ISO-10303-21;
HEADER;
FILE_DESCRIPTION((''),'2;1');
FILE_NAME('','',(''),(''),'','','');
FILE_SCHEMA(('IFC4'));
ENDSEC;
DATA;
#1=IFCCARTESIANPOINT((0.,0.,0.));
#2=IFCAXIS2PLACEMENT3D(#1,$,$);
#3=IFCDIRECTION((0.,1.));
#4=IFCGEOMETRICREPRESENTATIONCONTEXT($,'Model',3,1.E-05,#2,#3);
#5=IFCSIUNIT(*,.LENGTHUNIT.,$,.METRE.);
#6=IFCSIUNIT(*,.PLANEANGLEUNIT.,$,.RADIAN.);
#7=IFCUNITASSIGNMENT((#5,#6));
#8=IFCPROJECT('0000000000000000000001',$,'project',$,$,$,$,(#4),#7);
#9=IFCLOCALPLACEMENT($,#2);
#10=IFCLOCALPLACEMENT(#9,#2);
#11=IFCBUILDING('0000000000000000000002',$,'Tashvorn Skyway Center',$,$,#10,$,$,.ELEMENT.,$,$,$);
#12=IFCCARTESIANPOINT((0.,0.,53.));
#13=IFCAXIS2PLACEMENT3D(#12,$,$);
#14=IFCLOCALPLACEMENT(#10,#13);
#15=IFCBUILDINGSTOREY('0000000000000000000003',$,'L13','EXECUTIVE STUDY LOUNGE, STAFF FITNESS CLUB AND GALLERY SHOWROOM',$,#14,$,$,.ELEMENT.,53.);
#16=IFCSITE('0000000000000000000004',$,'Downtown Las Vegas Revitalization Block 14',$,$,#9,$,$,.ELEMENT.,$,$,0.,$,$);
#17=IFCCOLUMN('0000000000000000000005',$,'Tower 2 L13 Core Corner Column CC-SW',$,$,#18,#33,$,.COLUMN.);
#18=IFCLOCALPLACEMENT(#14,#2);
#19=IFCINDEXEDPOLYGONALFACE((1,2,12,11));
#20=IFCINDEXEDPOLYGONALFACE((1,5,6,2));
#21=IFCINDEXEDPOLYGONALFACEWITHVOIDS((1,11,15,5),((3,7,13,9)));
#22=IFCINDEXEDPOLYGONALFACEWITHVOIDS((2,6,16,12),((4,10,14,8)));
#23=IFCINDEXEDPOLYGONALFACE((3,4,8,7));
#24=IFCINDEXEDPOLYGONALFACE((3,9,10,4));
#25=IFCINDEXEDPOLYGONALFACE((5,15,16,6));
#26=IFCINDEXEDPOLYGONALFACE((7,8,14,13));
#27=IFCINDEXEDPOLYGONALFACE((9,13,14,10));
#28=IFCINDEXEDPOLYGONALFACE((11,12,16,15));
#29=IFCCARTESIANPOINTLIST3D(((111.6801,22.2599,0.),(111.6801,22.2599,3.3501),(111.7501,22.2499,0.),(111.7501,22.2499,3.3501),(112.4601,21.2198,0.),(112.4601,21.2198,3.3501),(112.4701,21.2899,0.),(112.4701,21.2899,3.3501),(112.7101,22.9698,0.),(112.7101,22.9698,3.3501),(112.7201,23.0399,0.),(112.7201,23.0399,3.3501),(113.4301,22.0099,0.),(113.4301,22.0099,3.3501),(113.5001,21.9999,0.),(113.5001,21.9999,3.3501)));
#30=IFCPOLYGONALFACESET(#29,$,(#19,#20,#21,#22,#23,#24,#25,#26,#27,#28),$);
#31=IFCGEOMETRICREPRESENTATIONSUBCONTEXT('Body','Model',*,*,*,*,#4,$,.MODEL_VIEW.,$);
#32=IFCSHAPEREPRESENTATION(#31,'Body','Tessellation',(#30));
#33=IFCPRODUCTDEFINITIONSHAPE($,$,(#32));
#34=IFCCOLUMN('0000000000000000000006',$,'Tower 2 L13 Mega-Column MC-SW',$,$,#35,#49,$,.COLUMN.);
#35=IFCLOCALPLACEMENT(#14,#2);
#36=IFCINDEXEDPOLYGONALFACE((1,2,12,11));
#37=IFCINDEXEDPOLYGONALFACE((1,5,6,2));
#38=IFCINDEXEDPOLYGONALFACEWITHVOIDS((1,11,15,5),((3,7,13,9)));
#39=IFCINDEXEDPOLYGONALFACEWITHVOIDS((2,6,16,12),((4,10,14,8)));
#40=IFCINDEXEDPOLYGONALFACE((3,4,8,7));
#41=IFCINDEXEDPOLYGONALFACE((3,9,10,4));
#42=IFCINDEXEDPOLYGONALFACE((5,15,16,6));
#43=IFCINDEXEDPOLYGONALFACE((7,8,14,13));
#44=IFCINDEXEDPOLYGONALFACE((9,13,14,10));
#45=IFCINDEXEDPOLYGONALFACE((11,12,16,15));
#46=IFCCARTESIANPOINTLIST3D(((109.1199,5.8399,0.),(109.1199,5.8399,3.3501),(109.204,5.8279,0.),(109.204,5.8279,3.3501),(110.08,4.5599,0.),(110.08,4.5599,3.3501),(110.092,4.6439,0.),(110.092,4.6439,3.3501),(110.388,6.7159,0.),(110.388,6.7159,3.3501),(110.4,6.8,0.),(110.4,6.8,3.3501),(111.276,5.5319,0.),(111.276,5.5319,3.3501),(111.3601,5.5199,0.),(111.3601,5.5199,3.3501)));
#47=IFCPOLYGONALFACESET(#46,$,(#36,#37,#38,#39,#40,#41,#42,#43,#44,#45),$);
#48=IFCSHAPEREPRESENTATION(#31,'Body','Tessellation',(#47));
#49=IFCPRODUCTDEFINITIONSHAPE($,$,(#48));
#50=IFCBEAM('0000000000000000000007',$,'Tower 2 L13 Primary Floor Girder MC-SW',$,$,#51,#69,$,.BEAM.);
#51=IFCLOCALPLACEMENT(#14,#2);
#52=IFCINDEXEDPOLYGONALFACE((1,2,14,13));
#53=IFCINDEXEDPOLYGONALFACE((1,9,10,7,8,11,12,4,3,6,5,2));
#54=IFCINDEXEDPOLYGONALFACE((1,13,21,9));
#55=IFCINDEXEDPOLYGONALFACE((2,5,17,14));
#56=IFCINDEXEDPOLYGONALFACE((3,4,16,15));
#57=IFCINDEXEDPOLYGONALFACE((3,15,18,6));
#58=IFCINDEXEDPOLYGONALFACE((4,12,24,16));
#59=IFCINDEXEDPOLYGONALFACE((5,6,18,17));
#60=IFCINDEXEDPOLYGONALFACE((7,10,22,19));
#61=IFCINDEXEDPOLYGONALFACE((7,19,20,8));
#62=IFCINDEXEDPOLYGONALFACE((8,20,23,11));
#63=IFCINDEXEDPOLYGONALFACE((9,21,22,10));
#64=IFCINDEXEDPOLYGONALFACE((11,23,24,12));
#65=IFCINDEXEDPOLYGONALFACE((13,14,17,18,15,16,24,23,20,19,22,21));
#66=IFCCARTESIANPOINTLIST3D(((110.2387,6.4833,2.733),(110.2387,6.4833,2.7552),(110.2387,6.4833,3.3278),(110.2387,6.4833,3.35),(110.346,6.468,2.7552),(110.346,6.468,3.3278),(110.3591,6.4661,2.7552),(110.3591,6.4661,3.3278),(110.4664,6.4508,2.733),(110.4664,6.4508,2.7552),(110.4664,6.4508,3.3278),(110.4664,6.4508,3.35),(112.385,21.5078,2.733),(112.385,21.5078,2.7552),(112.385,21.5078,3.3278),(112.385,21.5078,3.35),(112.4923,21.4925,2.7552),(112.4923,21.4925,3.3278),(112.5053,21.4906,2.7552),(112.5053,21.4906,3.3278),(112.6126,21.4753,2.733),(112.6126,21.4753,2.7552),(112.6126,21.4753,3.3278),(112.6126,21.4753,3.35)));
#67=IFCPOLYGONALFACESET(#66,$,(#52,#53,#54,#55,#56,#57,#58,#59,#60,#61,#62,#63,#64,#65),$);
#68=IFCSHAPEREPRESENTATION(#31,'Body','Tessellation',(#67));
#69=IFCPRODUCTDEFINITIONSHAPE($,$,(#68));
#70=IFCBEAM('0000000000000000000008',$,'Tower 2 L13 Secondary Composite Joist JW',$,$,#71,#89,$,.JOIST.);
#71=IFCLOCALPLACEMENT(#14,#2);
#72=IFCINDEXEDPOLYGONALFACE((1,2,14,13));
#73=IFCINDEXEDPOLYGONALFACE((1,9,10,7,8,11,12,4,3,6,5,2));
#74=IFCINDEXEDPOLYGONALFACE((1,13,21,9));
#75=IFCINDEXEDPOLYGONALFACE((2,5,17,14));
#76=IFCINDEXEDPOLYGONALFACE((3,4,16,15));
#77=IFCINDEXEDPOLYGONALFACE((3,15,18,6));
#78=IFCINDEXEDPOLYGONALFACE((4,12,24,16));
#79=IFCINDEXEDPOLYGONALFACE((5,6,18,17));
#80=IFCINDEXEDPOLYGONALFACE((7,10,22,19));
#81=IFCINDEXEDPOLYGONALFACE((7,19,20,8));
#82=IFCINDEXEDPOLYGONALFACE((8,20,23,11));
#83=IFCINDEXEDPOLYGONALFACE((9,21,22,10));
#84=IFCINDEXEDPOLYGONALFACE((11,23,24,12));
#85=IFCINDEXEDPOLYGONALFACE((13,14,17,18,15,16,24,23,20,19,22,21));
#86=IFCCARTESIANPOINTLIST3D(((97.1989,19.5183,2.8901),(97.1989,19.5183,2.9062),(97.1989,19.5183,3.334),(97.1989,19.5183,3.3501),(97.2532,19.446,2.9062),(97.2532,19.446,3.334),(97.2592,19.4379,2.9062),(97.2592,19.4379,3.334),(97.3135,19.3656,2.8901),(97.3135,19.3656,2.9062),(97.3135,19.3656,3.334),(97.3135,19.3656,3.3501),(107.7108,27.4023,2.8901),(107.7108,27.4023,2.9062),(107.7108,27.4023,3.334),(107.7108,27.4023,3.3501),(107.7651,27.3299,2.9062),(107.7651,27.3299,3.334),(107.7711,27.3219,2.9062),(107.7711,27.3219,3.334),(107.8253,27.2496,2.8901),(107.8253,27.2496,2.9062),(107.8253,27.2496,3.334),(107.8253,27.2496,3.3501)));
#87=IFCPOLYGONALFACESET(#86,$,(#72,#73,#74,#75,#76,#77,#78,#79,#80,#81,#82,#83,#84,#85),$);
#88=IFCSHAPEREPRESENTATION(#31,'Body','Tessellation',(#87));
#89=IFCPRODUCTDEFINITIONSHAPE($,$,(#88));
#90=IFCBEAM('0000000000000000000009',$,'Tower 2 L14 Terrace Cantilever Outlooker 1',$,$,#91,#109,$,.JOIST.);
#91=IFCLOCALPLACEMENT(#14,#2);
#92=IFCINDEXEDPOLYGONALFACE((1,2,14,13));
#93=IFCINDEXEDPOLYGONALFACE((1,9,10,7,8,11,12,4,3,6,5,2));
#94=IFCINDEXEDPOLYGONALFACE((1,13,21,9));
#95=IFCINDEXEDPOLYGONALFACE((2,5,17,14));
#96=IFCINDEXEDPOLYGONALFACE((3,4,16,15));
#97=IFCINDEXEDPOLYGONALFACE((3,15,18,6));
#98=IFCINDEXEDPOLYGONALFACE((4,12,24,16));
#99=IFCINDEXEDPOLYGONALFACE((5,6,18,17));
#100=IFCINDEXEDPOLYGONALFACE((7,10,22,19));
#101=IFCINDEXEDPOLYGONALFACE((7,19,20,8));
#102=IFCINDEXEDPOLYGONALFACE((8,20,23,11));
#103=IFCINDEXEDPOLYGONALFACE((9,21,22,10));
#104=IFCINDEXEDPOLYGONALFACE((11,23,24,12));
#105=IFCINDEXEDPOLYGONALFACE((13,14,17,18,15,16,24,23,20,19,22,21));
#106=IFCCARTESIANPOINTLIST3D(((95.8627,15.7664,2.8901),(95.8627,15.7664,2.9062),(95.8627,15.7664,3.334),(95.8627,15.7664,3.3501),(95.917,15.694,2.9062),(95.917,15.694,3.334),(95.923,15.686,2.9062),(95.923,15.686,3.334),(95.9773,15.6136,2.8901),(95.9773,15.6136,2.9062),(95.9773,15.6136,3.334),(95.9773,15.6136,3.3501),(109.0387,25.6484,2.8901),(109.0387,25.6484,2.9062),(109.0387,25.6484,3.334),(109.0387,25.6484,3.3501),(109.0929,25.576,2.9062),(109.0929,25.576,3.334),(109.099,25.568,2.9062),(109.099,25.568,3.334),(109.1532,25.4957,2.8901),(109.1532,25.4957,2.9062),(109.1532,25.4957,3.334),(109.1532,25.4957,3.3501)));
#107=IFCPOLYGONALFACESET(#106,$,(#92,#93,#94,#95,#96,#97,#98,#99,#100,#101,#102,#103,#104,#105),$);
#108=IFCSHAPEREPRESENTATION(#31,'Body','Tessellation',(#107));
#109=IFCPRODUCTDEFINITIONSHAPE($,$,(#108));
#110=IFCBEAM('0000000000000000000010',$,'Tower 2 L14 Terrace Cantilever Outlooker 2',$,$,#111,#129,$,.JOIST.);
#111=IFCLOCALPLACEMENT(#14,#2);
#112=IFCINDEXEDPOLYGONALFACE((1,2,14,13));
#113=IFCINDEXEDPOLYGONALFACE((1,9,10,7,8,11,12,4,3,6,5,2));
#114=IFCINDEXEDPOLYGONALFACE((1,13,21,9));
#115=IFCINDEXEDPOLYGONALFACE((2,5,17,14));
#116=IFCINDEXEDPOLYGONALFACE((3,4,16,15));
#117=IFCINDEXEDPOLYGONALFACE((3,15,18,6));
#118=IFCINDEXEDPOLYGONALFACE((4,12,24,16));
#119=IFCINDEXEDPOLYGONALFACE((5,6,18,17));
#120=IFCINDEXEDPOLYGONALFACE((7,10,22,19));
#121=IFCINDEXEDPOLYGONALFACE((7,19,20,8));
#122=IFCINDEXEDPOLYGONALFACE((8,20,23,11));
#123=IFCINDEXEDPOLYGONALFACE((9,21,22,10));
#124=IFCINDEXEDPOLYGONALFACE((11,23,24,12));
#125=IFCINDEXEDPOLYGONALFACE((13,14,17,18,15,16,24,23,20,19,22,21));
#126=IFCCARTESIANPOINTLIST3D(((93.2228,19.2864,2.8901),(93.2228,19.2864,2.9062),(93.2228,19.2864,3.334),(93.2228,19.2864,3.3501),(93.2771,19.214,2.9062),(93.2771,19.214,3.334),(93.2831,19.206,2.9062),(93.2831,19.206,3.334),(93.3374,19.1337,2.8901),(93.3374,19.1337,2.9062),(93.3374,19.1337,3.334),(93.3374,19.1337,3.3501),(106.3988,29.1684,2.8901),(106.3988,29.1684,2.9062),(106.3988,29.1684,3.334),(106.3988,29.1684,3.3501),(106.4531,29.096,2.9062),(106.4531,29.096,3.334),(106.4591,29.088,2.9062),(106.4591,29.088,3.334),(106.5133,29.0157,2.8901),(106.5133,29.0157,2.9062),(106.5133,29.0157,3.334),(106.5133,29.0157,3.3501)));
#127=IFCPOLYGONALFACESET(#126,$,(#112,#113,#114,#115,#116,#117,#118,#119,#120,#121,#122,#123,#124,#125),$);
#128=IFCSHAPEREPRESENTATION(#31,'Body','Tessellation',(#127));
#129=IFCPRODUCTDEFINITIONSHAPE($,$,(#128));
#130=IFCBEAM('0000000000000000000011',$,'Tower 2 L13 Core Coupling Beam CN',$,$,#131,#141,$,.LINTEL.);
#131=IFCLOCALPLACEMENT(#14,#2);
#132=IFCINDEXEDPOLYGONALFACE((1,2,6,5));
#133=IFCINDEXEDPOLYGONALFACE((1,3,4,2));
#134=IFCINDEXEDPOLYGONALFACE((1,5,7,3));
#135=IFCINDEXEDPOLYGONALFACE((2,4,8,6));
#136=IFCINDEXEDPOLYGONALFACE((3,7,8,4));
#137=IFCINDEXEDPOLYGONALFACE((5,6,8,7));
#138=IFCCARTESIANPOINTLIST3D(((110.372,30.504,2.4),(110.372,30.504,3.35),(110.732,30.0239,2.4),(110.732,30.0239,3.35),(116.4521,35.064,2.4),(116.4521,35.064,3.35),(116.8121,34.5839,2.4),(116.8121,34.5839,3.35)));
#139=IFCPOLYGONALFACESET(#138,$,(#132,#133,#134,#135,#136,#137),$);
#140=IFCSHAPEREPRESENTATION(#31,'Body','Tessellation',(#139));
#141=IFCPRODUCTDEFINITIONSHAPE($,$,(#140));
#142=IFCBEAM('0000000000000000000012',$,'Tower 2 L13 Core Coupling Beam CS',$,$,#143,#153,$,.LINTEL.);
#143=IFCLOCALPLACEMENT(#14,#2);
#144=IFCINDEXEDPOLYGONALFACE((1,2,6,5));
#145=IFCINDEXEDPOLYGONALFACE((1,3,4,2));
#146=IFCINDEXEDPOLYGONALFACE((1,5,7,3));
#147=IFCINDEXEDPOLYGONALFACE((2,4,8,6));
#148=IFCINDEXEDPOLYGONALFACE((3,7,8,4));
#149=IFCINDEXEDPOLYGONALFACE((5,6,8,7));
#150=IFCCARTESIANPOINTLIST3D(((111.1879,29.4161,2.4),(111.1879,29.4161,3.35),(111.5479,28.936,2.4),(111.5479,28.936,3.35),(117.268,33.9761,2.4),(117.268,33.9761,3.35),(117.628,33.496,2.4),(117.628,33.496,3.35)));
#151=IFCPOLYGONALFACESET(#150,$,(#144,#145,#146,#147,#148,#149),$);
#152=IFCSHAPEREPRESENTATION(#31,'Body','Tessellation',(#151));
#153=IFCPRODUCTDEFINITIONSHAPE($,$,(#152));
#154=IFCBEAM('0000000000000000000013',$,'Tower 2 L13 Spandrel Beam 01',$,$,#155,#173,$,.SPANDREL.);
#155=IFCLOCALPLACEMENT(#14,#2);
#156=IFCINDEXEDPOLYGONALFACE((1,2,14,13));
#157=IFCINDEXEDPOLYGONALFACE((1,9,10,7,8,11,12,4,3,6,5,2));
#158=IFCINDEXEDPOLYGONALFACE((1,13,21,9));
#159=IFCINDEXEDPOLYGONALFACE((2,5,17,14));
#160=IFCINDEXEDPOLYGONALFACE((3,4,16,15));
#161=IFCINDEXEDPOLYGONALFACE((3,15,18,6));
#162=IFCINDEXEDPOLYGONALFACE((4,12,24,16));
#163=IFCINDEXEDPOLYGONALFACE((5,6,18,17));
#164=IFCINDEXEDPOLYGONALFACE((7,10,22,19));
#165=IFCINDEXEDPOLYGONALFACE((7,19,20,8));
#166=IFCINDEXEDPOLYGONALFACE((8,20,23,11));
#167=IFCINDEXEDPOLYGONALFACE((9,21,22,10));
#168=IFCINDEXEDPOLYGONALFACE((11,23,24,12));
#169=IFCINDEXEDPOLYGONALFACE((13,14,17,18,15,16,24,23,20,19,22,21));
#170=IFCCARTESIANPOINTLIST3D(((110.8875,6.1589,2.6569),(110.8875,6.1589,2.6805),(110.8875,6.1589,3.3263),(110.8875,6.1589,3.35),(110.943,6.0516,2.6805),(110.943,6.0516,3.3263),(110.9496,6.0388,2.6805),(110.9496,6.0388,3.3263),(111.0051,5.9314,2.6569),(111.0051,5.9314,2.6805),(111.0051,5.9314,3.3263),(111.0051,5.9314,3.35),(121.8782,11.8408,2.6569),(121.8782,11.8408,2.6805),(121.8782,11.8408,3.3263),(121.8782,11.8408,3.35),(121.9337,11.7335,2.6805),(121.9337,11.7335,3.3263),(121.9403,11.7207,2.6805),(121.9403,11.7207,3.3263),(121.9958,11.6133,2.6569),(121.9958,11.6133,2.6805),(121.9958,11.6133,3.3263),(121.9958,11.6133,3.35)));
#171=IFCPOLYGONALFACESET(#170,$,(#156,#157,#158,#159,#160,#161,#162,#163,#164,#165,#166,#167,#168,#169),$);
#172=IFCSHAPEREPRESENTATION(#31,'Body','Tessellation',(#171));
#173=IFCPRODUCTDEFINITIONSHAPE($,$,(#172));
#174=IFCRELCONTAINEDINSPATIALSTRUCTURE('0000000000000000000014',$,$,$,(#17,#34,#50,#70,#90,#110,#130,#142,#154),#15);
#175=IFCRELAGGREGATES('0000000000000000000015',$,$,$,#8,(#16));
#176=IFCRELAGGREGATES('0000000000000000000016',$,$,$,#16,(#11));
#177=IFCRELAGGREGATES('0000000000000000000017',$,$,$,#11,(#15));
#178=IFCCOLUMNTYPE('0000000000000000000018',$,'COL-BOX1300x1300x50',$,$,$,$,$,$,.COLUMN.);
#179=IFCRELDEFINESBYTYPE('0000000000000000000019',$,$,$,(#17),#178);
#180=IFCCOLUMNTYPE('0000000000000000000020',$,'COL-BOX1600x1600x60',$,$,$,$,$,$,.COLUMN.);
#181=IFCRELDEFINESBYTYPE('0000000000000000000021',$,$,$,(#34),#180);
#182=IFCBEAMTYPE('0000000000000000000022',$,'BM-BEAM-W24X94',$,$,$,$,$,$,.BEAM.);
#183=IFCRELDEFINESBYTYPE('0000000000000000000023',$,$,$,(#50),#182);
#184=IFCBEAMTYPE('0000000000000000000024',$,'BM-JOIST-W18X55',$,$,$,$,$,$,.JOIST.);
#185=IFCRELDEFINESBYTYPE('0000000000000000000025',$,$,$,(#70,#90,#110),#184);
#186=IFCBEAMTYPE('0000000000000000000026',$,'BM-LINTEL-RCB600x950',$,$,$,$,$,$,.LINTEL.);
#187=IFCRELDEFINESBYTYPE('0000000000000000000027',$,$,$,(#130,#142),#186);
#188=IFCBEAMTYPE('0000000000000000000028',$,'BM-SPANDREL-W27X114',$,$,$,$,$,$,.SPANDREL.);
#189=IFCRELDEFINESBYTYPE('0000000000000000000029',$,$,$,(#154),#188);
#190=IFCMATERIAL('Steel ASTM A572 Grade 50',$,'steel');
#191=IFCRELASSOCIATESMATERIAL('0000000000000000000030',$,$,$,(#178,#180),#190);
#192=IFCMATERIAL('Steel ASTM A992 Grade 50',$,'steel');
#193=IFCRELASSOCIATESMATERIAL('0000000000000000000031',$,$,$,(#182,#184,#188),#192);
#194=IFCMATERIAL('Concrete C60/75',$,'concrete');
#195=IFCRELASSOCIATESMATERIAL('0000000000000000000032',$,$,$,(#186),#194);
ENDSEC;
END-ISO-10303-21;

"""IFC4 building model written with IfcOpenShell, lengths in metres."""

from ifc_helpers import new_model, si_unit, direction, frame, origin, origin_2d, place, context, subcontext, project, spatial, rectangle, hollow_rectangle, i_section, extrude, material, material_profile, profile_set, type_object, element, save


model = new_model("IFC4")

# Units and contexts
model_context = context("Model", 3, precision=1e-05, world=origin(), true_north=direction((0.0, 1.0)))
body_context = subcontext(model_context, "Body", "Model", "MODEL_VIEW")
ifc_project = project(units=[si_unit("LENGTHUNIT", "METRE"), si_unit("PLANEANGLEUNIT", "RADIAN")], contexts=[model_context])

# Site, building, storey
site_placement = place(None, origin())
site = spatial("IfcSite", under=ifc_project, at=site_placement, Name="Downtown Las Vegas Revitalization Block 14", CompositionType="ELEMENT", RefElevation=0.0)
building_placement = place(site_placement, origin())
building = spatial("IfcBuilding", under=site, at=building_placement, Name="Tashvorn Skyway Center", CompositionType="ELEMENT")
storey_placement = place(building_placement, frame((0.0, 0.0, 53.0)))
storey = spatial("IfcBuildingStorey", under=building, at=storey_placement, Name="L13", Description="EXECUTIVE STUDY LOUNGE, STAFF FITNESS CLUB AND GALLERY SHOWROOM", CompositionType="ELEMENT", Elevation=53.0)

# Columns
ifc_material_1 = material(Name="Steel ASTM A572 Grade 50", Category="steel")
ifc_material_profile_1 = material_profile(ifc_material_1, hollow_rectangle(XDim=1.3, YDim=1.3, WallThickness=0.05, at=origin_2d()), Name="BOX1300x1300x50")
ifc_profile_set_1 = profile_set([ifc_material_profile_1], Name="Steel ASTM A572 Grade 50")
column_type_1 = type_object("IfcColumnType", Name="COL-BOX1300x1300x50", PredefinedType="COLUMN", material=ifc_profile_set_1)
column_1_placement = place(storey_placement, frame((112.5901, 22.1299, 0.0), z_axis=(0.0, 0.0, 1.0), x_axis=(0.8, 0.6, 0.0)))
element("IfcColumn", 1, at=column_1_placement, inside=storey, type_object=column_type_1, Name="Tower 2 L13 Core Corner Column CC-SW", PredefinedType="COLUMN", context=body_context, shape_type="SweptSolid", body=[
    extrude(hollow_rectangle(XDim=1.3, YDim=1.3, WallThickness=0.05, at=origin_2d()), origin(), (0.0, 0.0, 1.0), 3.3501),
])
ifc_material_profile_2 = material_profile(ifc_material_1, hollow_rectangle(XDim=1.6001, YDim=1.6001, WallThickness=0.0601, at=origin_2d()), Name="BOX1600x1600x60")
ifc_profile_set_2 = profile_set([ifc_material_profile_2], Name="Steel ASTM A572 Grade 50")
column_type_2 = type_object("IfcColumnType", Name="COL-BOX1600x1600x60", PredefinedType="COLUMN", material=ifc_profile_set_2)
column_2_placement = place(storey_placement, frame((110.24, 5.6799, 0.0), z_axis=(0.0, 0.0, 1.0), x_axis=(0.8, 0.6, 0.0)))
element("IfcColumn", 2, at=column_2_placement, inside=storey, type_object=column_type_2, Name="Tower 2 L13 Mega-Column MC-SW", PredefinedType="COLUMN", context=body_context, shape_type="SweptSolid", body=[
    extrude(hollow_rectangle(XDim=1.6001, YDim=1.6001, WallThickness=0.0601, at=origin_2d()), origin(), (0.0, 0.0, 1.0), 3.3501),
])

# Beams
ifc_material_2 = material(Name="Steel ASTM A992 Grade 50", Category="steel")
ifc_material_profile_3 = material_profile(ifc_material_2, i_section(OverallWidth=0.23, OverallDepth=0.6169, WebThickness=0.0132, FlangeThickness=0.0222, at=origin_2d()), Name="W24X94")
ifc_profile_set_3 = profile_set([ifc_material_profile_3], Name="Steel ASTM A992 Grade 50")
beam_type_1 = type_object("IfcBeamType", Name="BM-BEAM-W24X94", PredefinedType="BEAM", material=ifc_profile_set_3)
beam_1_placement = place(storey_placement, frame((110.3525, 6.467, 3.0415), z_axis=(0.141415, 0.98995, 0.0), x_axis=(-0.98995, 0.141415, 0.0)))
element("IfcBeam", 3, at=beam_1_placement, inside=storey, type_object=beam_type_1, Name="Tower 2 L13 Primary Floor Girder MC-SW", PredefinedType="BEAM", context=body_context, shape_type="SweptSolid", body=[
    extrude(i_section(OverallWidth=0.23, OverallDepth=0.6169, WebThickness=0.0132, FlangeThickness=0.0222, at=origin_2d()), origin(), (0.0, 0.0, 1.0), 15.177),
])
ifc_material_profile_4 = material_profile(ifc_material_2, i_section(OverallWidth=0.1909, OverallDepth=0.46, WebThickness=0.01, FlangeThickness=0.0161, at=origin_2d()), Name="W18X55")
ifc_profile_set_4 = profile_set([ifc_material_profile_4], Name="Steel ASTM A992 Grade 50")
beam_type_2 = type_object("IfcBeamType", Name="BM-JOIST-W18X55", PredefinedType="JOIST", material=ifc_profile_set_4)
beam_2_placement = place(storey_placement, frame((107.7681, 27.3259, 3.1201), z_axis=(-0.799998, -0.600003, 0.0), x_axis=(0.600003, -0.799998, 0.0)))
element("IfcBeam", 4, at=beam_2_placement, inside=storey, type_object=beam_type_2, Name="Tower 2 L13 Secondary Composite Joist JW", PredefinedType="JOIST", context=body_context, shape_type="SweptSolid", body=[
    extrude(i_section(OverallWidth=0.1909, OverallDepth=0.46, WebThickness=0.01, FlangeThickness=0.0161, at=origin_2d()), origin(), (0.0, 0.0, 1.0), 13.1399),
])
for number, where, z_axis, x_axis, name in (
    (5, (109.0959, 25.572, 3.1201), (-0.799998, -0.600002, 0.0), (0.600002, -0.799998, 0.0), "Tower 2 L14 Terrace Cantilever Outlooker 1"),
    (6, (106.4561, 29.092, 3.1201), (-0.799998, -0.600002, 0.0), (0.600002, -0.799998, 0.0), "Tower 2 L14 Terrace Cantilever Outlooker 2"),
):
    element("IfcBeam", number, at=place(storey_placement, frame(where, z_axis=z_axis, x_axis=x_axis)), inside=storey, type_object=beam_type_2, Name=name, PredefinedType="JOIST", context=body_context, shape_type="SweptSolid", body=[
        extrude(i_section(OverallWidth=0.1909, OverallDepth=0.46, WebThickness=0.01, FlangeThickness=0.0161, at=origin_2d()), origin(), (0.0, 0.0, 1.0), 16.47),
    ])
ifc_material_3 = material(Name="Concrete C60/75", Category="concrete")
ifc_material_profile_5 = material_profile(ifc_material_3, rectangle(XDim=0.6001, YDim=0.95, at=origin_2d()), Name="RCB600x950")
ifc_profile_set_5 = profile_set([ifc_material_profile_5], Name="Concrete C60/75")
beam_type_3 = type_object("IfcBeamType", Name="BM-LINTEL-RCB600x950", PredefinedType="LINTEL", material=ifc_profile_set_5)
for number, where, z_axis, x_axis, name in (
    (7, (110.552, 30.2639, 2.875), (0.8, 0.6, 0.0), (-0.6, 0.8, 0.0), "Tower 2 L13 Core Coupling Beam CN"),
    (8, (111.3679, 29.176, 2.875), (0.8, 0.6, 0.0), (-0.6, 0.8, 0.0), "Tower 2 L13 Core Coupling Beam CS"),
):
    element("IfcBeam", number, at=place(storey_placement, frame(where, z_axis=z_axis, x_axis=x_axis)), inside=storey, type_object=beam_type_3, Name=name, PredefinedType="LINTEL", context=body_context, shape_type="SweptSolid", body=[
        extrude(rectangle(XDim=0.6001, YDim=0.95, at=origin_2d()), origin(), (0.0, 0.0, 1.0), 7.6001),
    ])
ifc_material_profile_6 = material_profile(ifc_material_2, i_section(OverallWidth=0.2561, OverallDepth=0.6931, WebThickness=0.0144, FlangeThickness=0.0237, at=origin_2d()), Name="W27X114")
ifc_profile_set_6 = profile_set([ifc_material_profile_6], Name="Steel ASTM A992 Grade 50")
beam_type_4 = type_object("IfcBeamType", Name="BM-SPANDREL-W27X114", PredefinedType="SPANDREL", material=ifc_profile_set_6)
beam_3_placement = place(storey_placement, frame((110.9463, 6.0452, 3.0034), z_axis=(0.888316, 0.459233, 0.0), x_axis=(-0.459233, 0.888316, 0.0)))
element("IfcBeam", 9, at=beam_3_placement, inside=storey, type_object=beam_type_4, Name="Tower 2 L13 Spandrel Beam 01", PredefinedType="SPANDREL", context=body_context, shape_type="SweptSolid", body=[
    extrude(i_section(OverallWidth=0.2561, OverallDepth=0.6931, WebThickness=0.0144, FlangeThickness=0.0237, at=origin_2d()), origin(), (0.0, 0.0, 1.0), 12.3726),
])

save(model, "model.ifc")
